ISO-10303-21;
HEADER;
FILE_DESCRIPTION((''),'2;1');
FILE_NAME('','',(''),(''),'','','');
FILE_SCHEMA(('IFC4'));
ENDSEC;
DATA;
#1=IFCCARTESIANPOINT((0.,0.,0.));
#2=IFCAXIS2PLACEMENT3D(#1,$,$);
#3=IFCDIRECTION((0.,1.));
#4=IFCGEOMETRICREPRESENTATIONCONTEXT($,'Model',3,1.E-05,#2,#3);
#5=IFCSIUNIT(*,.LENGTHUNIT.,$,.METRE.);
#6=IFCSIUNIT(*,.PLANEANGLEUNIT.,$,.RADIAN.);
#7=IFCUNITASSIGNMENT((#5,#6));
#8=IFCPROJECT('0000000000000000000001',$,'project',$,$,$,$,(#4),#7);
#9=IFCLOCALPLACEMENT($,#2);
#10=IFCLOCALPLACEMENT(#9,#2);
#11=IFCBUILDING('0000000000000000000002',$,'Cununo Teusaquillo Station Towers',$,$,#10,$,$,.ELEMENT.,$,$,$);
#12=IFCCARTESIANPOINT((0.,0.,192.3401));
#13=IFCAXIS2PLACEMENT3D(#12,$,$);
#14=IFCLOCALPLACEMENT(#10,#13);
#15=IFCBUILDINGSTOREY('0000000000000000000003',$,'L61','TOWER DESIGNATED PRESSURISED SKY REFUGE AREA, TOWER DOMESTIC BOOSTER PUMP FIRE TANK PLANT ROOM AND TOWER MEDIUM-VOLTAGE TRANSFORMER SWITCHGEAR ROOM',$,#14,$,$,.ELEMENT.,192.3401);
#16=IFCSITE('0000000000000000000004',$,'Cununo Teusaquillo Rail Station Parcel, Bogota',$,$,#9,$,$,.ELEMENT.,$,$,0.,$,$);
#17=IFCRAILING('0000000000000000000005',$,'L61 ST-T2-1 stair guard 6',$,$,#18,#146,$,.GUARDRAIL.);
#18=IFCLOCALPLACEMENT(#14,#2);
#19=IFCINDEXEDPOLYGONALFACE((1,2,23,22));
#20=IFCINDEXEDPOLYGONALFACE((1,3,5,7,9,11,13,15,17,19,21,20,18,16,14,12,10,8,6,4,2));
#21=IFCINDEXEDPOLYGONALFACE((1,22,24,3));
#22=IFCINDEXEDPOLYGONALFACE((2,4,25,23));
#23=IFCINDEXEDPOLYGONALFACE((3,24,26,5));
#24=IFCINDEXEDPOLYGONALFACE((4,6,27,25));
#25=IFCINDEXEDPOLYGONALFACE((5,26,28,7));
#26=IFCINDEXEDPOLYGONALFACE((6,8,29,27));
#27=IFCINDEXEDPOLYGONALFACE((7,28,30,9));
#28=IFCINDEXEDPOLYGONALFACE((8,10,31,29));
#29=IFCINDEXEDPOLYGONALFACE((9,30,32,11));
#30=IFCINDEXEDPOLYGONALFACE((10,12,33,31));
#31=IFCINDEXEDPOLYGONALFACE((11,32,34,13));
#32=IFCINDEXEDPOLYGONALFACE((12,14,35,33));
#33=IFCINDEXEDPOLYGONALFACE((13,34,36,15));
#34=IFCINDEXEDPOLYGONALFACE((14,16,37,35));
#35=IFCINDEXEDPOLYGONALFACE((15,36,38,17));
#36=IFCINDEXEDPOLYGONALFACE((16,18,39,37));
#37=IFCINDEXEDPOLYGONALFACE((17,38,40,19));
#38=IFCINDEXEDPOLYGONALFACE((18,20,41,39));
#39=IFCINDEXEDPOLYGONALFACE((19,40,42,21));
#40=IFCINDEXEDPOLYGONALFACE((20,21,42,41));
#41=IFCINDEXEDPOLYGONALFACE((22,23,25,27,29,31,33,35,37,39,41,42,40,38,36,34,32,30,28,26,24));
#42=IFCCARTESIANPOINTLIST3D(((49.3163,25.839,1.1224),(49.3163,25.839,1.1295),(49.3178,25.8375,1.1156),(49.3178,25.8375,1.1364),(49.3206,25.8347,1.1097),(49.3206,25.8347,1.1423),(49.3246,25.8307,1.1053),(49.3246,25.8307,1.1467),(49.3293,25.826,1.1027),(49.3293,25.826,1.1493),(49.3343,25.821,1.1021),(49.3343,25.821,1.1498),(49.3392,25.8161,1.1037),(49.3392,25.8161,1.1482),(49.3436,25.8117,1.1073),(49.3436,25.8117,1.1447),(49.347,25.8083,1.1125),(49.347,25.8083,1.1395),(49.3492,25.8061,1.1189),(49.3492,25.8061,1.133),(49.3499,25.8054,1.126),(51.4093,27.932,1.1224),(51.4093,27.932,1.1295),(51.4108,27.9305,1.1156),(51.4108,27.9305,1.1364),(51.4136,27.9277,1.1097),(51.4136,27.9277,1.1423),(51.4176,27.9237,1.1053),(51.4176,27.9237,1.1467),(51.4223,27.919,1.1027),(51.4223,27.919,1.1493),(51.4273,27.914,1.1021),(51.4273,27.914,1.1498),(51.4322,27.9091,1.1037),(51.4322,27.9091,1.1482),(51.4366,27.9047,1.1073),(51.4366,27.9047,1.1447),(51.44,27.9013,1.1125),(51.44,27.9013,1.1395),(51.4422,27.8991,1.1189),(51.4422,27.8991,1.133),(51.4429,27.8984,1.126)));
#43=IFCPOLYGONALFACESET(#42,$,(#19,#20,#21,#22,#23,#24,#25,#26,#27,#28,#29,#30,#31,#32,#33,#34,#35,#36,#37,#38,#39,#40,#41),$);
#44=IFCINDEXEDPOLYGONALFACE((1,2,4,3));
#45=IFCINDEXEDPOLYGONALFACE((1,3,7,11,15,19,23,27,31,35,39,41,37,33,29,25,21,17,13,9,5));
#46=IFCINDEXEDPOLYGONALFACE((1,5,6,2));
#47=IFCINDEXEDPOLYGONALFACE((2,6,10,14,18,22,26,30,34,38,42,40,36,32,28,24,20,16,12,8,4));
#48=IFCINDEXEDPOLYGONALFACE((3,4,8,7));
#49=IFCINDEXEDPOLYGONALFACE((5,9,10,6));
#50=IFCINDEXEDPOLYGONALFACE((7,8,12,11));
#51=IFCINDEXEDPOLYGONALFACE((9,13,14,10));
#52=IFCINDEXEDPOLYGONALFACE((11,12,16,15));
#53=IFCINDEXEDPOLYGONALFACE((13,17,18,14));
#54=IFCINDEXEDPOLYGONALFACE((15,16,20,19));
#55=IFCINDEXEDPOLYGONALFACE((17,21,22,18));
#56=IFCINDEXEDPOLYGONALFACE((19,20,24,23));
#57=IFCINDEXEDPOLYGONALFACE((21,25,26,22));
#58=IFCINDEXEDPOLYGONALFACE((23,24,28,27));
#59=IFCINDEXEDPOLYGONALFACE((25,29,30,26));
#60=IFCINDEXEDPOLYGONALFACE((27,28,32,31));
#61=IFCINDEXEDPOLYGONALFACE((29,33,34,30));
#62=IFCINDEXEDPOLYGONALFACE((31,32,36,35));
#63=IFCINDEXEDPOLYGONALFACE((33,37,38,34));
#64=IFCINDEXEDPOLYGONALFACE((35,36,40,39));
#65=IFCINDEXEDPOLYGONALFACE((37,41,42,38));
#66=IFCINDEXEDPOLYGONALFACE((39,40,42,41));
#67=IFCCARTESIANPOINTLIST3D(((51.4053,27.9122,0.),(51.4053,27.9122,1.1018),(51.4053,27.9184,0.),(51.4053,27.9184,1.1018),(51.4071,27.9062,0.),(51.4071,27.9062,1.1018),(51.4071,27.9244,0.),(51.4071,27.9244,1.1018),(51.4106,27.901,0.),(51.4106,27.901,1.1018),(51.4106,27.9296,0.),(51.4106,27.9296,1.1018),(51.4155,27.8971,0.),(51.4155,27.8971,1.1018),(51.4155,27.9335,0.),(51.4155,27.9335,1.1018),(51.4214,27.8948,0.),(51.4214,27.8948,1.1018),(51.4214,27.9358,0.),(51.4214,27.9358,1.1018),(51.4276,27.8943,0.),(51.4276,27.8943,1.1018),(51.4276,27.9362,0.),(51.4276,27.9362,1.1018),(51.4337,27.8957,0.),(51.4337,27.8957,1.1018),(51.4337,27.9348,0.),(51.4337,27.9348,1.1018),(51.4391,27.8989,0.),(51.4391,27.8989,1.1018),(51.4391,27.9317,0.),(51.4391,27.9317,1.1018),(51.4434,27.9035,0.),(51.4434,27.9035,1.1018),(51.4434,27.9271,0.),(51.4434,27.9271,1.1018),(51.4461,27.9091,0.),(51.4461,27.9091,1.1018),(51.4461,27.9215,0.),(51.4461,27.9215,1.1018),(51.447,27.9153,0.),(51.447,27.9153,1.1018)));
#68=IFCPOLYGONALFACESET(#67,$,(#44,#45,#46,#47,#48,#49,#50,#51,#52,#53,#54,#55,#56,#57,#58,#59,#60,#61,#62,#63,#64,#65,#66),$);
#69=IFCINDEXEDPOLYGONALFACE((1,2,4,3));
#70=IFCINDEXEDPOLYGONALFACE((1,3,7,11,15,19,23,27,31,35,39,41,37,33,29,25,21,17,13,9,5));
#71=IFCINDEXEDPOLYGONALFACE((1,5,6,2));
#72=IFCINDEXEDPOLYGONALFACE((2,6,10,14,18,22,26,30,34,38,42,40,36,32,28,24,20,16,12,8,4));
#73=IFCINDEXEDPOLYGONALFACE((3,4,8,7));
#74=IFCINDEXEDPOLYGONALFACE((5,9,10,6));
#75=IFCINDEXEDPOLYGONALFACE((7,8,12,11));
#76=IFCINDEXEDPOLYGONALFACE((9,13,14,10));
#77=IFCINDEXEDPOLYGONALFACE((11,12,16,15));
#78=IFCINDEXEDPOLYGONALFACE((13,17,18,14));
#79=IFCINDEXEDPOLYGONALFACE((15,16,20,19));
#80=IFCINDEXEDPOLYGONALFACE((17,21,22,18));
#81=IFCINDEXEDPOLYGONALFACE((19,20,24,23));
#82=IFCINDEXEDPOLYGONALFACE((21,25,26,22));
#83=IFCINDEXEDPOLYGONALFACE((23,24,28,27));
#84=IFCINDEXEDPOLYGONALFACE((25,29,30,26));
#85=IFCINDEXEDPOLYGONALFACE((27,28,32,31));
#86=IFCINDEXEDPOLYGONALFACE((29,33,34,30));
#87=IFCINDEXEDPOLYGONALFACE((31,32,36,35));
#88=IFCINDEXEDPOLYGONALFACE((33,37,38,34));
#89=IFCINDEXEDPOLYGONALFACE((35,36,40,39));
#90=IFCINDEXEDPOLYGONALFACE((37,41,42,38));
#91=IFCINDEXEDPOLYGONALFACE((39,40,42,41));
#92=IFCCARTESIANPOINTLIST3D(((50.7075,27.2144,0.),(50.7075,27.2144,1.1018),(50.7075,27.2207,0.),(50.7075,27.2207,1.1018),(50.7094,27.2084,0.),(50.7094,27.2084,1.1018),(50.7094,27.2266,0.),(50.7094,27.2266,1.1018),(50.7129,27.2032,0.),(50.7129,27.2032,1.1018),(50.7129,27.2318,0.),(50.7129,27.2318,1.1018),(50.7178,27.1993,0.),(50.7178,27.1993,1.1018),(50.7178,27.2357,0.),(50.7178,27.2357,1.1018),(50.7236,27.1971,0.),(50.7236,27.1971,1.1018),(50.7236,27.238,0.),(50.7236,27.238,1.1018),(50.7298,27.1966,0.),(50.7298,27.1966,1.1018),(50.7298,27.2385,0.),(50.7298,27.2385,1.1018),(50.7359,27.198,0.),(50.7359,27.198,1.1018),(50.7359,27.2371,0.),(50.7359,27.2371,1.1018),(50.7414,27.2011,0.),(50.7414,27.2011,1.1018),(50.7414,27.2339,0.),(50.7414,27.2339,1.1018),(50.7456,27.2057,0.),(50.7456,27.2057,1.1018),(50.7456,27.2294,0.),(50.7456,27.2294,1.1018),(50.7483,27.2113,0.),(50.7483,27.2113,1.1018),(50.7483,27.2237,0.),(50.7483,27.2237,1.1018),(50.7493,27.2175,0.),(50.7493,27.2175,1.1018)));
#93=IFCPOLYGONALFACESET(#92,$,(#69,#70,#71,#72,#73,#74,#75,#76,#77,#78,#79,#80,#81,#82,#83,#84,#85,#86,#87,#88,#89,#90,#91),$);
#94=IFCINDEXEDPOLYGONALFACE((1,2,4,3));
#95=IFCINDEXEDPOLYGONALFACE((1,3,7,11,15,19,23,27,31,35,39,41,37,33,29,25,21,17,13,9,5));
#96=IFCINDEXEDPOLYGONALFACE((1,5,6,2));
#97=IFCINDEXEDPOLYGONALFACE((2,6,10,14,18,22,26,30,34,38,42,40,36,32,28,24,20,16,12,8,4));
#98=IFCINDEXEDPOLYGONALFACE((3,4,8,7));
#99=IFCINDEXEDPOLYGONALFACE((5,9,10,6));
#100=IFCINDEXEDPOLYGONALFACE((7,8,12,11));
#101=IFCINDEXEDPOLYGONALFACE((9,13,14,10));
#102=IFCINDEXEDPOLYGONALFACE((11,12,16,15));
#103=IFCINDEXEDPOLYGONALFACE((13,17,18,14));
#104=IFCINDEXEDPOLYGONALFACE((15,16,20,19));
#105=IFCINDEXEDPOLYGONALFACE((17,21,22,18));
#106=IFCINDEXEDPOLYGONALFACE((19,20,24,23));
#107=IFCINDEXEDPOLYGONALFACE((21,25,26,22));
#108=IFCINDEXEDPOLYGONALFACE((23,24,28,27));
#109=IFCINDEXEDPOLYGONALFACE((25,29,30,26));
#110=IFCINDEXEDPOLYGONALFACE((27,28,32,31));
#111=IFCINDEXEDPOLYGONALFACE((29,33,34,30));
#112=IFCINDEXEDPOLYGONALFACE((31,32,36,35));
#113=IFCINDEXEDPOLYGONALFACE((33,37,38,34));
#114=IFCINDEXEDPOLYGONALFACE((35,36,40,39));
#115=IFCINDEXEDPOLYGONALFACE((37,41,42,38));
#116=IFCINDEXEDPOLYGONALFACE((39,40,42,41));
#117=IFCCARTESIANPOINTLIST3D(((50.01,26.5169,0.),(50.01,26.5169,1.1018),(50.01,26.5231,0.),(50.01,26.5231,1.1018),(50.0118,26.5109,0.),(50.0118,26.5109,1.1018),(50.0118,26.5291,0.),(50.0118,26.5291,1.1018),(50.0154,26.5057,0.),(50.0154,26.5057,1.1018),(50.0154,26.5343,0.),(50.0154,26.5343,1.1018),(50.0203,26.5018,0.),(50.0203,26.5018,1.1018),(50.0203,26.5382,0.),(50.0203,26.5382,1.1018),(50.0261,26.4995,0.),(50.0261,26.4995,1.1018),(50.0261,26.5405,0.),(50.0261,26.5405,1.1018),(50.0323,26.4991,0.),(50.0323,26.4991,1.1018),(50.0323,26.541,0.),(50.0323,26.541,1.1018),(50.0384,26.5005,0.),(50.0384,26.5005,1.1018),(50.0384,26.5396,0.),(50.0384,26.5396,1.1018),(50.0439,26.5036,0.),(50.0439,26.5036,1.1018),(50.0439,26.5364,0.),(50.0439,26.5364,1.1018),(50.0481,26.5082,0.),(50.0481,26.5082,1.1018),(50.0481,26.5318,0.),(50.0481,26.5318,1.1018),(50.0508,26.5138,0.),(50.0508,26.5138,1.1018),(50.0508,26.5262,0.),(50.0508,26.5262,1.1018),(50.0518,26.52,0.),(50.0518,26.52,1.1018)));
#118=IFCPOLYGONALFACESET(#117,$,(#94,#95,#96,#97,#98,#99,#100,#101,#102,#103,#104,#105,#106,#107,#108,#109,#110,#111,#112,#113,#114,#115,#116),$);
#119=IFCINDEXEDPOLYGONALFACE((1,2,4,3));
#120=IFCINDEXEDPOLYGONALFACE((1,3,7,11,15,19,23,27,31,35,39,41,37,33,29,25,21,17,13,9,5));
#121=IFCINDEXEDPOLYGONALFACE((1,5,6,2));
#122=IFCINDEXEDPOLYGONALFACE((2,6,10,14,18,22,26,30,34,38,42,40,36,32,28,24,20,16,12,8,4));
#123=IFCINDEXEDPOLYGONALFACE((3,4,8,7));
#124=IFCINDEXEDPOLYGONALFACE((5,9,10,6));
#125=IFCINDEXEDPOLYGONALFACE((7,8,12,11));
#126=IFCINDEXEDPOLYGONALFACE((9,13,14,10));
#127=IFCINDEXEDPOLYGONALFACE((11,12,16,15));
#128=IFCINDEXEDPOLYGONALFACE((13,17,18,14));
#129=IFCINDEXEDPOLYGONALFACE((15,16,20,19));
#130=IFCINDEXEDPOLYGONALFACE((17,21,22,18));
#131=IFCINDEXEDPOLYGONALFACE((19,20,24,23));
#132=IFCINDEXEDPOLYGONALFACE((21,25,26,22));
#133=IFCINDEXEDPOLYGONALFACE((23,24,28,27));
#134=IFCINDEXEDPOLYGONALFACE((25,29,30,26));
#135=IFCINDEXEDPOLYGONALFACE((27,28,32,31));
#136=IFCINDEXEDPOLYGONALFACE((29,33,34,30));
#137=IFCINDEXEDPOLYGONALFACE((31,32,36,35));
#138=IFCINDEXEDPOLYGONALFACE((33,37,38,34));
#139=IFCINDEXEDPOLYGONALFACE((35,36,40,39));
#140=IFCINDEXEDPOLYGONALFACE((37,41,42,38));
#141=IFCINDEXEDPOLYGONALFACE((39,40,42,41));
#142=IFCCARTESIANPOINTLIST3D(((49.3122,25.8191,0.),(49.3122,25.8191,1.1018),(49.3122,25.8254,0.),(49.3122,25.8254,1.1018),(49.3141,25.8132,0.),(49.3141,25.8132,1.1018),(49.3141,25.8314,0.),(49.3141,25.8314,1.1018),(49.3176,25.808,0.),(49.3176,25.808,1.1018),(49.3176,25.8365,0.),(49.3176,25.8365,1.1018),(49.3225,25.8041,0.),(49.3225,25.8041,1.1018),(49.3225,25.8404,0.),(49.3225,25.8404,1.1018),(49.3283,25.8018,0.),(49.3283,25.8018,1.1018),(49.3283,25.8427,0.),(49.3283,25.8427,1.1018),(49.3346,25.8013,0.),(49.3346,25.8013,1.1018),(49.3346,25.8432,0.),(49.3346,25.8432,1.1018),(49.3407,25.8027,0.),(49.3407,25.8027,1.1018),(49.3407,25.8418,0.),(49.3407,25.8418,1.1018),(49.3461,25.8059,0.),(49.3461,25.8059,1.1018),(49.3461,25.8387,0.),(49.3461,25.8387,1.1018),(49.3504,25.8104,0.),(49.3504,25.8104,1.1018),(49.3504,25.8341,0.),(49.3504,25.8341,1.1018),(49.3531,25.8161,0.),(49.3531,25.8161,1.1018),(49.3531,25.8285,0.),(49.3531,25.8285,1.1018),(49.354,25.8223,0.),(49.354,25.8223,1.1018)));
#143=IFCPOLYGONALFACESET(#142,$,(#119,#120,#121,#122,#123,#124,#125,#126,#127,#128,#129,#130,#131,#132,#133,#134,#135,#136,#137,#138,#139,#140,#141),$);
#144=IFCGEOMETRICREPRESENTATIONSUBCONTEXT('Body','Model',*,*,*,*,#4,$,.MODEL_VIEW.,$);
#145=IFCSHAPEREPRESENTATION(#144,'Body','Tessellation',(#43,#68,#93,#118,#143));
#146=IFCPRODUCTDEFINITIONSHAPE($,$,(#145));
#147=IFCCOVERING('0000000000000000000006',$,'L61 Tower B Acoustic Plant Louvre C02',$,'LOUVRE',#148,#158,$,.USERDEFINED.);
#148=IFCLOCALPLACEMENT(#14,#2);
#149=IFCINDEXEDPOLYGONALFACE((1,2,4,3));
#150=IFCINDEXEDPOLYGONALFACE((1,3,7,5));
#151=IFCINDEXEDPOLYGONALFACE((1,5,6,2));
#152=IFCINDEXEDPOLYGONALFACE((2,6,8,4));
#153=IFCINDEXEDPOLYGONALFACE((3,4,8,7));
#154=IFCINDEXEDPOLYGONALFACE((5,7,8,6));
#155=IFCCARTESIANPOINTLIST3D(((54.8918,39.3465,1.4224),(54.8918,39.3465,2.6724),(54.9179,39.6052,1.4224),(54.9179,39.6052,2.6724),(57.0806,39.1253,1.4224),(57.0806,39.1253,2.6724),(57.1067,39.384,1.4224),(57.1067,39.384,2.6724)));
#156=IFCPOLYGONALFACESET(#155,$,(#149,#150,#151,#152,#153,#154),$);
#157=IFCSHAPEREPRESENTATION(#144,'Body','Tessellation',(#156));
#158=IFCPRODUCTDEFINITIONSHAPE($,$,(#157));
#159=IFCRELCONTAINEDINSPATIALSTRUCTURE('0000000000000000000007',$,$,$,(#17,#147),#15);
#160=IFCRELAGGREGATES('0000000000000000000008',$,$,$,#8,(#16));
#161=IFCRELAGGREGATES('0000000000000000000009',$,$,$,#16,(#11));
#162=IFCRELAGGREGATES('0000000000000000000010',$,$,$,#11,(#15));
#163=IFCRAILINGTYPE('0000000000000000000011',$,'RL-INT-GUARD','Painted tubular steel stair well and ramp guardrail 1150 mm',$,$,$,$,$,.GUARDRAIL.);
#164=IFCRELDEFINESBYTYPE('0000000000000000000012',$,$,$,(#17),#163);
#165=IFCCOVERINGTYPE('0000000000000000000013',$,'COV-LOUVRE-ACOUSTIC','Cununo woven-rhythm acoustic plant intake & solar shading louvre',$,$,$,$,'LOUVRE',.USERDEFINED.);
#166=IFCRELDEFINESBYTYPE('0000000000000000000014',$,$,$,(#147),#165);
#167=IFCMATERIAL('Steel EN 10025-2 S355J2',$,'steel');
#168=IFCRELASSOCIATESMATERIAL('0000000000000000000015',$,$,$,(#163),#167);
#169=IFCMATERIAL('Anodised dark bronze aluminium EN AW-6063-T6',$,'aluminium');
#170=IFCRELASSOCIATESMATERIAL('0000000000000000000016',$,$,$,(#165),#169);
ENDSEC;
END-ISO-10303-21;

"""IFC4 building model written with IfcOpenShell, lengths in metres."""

from ifc_helpers import new_model, si_unit, direction, frame, origin, origin_2d, place, context, subcontext, project, spatial, rectangle, circle, extrude, source, transform, mapped, material, type_object, element, save


model = new_model("IFC4")

# Units and contexts
model_context = context("Model", 3, precision=1e-05, world=origin(), true_north=direction((0.0, 1.0)))
body_context = subcontext(model_context, "Body", "Model", "MODEL_VIEW")
ifc_project = project(units=[si_unit("LENGTHUNIT", "METRE"), si_unit("PLANEANGLEUNIT", "RADIAN")], contexts=[model_context])

# Site, building, storey
site_placement = place(None, origin())
site = spatial("IfcSite", under=ifc_project, at=site_placement, Name="Cununo Teusaquillo Rail Station Parcel, Bogota", CompositionType="ELEMENT", RefElevation=0.0)
building_placement = place(site_placement, origin())
building = spatial("IfcBuilding", under=site, at=building_placement, Name="Cununo Teusaquillo Station Towers", CompositionType="ELEMENT")
storey_placement = place(building_placement, frame((0.0, 0.0, 192.3401)))
storey = spatial("IfcBuildingStorey", under=building, at=storey_placement, Name="L61", Description="TOWER DESIGNATED PRESSURISED SKY REFUGE AREA, TOWER DOMESTIC BOOSTER PUMP FIRE TANK PLANT ROOM AND TOWER MEDIUM-VOLTAGE TRANSFORMER SWITCHGEAR ROOM", CompositionType="ELEMENT", Elevation=192.3401)

# Railing
ifc_material_1 = material(Name="Steel EN 10025-2 S355J2", Category="steel")
railing_type = type_object("IfcRailingType", Name="RL-INT-GUARD", Description="Painted tubular steel stair well and ramp guardrail 1150 mm", PredefinedType="GUARDRAIL", material=ifc_material_1)
railing_1_placement = place(storey_placement, frame((51.426, 27.9153, 0.0)))
element("IfcRailing", 1, at=railing_1_placement, inside=storey, type_object=railing_type, Name="L61 ST-T2-1 stair guard 6", PredefinedType="GUARDRAIL", context=body_context, shape_type="SweptSolid", body=[
    extrude(circle(Radius=0.0239, at=origin_2d()), frame((0.0, 0.0, 1.126), z_axis=(-0.707107, -0.707107, 0.0), x_axis=(0.707107, -0.707107, 0.0)), (0.0, 0.0, 1.0), 2.96),
    extrude(circle(Radius=0.021, at=origin_2d()), origin(), (0.0, 0.0, 1.0), 1.1018),
    extrude(circle(Radius=0.021, at=origin_2d()), frame((-0.6978, -0.6978, 0.0)), (0.0, 0.0, 1.0), 1.1018),
    extrude(circle(Radius=0.021, at=origin_2d()), frame((-1.3953, -1.3953, 0.0)), (0.0, 0.0, 1.0), 1.1018),
    extrude(circle(Radius=0.021, at=origin_2d()), frame((-2.093, -2.093, 0.0)), (0.0, 0.0, 1.0), 1.1018),
])

# Covering
ifc_material_2 = material(Name="Anodised dark bronze aluminium EN AW-6063-T6", Category="aluminium")
covering_type = type_object("IfcCoveringType", Name="COV-LOUVRE-ACOUSTIC", Description="Cununo woven-rhythm acoustic plant intake & solar shading louvre", ElementType="LOUVRE", PredefinedType="USERDEFINED", material=ifc_material_2)
shared_shape_1 = source(origin(), body_context, "Body", "SweptSolid", [
    extrude(rectangle(XDim=2.2, YDim=0.26, at=origin_2d()), origin(), (0.0, 0.0, 1.0), 1.25),
])
covering_placement = place(storey_placement, frame((55.9993, 39.3652, 1.4224), z_axis=(0.0, 0.0, 1.0), x_axis=(0.994933, -0.100535, 0.0)))
element("IfcCovering", 2, at=covering_placement, inside=storey, type_object=covering_type, Name="L61 Tower B Acoustic Plant Louvre C02", ObjectType="LOUVRE", PredefinedType="USERDEFINED", context=body_context, shape_type="MappedRepresentation", body=[
    mapped(shared_shape_1, transform((0.0, 0.0, 0.0), x_axis=(1.0, 0.0, 0.0), y_axis=(0.0, 1.0, 0.0), z_axis=(0.0, 0.0, 1.0), scale=1.0)),
])

save(model, "model.ifc")
